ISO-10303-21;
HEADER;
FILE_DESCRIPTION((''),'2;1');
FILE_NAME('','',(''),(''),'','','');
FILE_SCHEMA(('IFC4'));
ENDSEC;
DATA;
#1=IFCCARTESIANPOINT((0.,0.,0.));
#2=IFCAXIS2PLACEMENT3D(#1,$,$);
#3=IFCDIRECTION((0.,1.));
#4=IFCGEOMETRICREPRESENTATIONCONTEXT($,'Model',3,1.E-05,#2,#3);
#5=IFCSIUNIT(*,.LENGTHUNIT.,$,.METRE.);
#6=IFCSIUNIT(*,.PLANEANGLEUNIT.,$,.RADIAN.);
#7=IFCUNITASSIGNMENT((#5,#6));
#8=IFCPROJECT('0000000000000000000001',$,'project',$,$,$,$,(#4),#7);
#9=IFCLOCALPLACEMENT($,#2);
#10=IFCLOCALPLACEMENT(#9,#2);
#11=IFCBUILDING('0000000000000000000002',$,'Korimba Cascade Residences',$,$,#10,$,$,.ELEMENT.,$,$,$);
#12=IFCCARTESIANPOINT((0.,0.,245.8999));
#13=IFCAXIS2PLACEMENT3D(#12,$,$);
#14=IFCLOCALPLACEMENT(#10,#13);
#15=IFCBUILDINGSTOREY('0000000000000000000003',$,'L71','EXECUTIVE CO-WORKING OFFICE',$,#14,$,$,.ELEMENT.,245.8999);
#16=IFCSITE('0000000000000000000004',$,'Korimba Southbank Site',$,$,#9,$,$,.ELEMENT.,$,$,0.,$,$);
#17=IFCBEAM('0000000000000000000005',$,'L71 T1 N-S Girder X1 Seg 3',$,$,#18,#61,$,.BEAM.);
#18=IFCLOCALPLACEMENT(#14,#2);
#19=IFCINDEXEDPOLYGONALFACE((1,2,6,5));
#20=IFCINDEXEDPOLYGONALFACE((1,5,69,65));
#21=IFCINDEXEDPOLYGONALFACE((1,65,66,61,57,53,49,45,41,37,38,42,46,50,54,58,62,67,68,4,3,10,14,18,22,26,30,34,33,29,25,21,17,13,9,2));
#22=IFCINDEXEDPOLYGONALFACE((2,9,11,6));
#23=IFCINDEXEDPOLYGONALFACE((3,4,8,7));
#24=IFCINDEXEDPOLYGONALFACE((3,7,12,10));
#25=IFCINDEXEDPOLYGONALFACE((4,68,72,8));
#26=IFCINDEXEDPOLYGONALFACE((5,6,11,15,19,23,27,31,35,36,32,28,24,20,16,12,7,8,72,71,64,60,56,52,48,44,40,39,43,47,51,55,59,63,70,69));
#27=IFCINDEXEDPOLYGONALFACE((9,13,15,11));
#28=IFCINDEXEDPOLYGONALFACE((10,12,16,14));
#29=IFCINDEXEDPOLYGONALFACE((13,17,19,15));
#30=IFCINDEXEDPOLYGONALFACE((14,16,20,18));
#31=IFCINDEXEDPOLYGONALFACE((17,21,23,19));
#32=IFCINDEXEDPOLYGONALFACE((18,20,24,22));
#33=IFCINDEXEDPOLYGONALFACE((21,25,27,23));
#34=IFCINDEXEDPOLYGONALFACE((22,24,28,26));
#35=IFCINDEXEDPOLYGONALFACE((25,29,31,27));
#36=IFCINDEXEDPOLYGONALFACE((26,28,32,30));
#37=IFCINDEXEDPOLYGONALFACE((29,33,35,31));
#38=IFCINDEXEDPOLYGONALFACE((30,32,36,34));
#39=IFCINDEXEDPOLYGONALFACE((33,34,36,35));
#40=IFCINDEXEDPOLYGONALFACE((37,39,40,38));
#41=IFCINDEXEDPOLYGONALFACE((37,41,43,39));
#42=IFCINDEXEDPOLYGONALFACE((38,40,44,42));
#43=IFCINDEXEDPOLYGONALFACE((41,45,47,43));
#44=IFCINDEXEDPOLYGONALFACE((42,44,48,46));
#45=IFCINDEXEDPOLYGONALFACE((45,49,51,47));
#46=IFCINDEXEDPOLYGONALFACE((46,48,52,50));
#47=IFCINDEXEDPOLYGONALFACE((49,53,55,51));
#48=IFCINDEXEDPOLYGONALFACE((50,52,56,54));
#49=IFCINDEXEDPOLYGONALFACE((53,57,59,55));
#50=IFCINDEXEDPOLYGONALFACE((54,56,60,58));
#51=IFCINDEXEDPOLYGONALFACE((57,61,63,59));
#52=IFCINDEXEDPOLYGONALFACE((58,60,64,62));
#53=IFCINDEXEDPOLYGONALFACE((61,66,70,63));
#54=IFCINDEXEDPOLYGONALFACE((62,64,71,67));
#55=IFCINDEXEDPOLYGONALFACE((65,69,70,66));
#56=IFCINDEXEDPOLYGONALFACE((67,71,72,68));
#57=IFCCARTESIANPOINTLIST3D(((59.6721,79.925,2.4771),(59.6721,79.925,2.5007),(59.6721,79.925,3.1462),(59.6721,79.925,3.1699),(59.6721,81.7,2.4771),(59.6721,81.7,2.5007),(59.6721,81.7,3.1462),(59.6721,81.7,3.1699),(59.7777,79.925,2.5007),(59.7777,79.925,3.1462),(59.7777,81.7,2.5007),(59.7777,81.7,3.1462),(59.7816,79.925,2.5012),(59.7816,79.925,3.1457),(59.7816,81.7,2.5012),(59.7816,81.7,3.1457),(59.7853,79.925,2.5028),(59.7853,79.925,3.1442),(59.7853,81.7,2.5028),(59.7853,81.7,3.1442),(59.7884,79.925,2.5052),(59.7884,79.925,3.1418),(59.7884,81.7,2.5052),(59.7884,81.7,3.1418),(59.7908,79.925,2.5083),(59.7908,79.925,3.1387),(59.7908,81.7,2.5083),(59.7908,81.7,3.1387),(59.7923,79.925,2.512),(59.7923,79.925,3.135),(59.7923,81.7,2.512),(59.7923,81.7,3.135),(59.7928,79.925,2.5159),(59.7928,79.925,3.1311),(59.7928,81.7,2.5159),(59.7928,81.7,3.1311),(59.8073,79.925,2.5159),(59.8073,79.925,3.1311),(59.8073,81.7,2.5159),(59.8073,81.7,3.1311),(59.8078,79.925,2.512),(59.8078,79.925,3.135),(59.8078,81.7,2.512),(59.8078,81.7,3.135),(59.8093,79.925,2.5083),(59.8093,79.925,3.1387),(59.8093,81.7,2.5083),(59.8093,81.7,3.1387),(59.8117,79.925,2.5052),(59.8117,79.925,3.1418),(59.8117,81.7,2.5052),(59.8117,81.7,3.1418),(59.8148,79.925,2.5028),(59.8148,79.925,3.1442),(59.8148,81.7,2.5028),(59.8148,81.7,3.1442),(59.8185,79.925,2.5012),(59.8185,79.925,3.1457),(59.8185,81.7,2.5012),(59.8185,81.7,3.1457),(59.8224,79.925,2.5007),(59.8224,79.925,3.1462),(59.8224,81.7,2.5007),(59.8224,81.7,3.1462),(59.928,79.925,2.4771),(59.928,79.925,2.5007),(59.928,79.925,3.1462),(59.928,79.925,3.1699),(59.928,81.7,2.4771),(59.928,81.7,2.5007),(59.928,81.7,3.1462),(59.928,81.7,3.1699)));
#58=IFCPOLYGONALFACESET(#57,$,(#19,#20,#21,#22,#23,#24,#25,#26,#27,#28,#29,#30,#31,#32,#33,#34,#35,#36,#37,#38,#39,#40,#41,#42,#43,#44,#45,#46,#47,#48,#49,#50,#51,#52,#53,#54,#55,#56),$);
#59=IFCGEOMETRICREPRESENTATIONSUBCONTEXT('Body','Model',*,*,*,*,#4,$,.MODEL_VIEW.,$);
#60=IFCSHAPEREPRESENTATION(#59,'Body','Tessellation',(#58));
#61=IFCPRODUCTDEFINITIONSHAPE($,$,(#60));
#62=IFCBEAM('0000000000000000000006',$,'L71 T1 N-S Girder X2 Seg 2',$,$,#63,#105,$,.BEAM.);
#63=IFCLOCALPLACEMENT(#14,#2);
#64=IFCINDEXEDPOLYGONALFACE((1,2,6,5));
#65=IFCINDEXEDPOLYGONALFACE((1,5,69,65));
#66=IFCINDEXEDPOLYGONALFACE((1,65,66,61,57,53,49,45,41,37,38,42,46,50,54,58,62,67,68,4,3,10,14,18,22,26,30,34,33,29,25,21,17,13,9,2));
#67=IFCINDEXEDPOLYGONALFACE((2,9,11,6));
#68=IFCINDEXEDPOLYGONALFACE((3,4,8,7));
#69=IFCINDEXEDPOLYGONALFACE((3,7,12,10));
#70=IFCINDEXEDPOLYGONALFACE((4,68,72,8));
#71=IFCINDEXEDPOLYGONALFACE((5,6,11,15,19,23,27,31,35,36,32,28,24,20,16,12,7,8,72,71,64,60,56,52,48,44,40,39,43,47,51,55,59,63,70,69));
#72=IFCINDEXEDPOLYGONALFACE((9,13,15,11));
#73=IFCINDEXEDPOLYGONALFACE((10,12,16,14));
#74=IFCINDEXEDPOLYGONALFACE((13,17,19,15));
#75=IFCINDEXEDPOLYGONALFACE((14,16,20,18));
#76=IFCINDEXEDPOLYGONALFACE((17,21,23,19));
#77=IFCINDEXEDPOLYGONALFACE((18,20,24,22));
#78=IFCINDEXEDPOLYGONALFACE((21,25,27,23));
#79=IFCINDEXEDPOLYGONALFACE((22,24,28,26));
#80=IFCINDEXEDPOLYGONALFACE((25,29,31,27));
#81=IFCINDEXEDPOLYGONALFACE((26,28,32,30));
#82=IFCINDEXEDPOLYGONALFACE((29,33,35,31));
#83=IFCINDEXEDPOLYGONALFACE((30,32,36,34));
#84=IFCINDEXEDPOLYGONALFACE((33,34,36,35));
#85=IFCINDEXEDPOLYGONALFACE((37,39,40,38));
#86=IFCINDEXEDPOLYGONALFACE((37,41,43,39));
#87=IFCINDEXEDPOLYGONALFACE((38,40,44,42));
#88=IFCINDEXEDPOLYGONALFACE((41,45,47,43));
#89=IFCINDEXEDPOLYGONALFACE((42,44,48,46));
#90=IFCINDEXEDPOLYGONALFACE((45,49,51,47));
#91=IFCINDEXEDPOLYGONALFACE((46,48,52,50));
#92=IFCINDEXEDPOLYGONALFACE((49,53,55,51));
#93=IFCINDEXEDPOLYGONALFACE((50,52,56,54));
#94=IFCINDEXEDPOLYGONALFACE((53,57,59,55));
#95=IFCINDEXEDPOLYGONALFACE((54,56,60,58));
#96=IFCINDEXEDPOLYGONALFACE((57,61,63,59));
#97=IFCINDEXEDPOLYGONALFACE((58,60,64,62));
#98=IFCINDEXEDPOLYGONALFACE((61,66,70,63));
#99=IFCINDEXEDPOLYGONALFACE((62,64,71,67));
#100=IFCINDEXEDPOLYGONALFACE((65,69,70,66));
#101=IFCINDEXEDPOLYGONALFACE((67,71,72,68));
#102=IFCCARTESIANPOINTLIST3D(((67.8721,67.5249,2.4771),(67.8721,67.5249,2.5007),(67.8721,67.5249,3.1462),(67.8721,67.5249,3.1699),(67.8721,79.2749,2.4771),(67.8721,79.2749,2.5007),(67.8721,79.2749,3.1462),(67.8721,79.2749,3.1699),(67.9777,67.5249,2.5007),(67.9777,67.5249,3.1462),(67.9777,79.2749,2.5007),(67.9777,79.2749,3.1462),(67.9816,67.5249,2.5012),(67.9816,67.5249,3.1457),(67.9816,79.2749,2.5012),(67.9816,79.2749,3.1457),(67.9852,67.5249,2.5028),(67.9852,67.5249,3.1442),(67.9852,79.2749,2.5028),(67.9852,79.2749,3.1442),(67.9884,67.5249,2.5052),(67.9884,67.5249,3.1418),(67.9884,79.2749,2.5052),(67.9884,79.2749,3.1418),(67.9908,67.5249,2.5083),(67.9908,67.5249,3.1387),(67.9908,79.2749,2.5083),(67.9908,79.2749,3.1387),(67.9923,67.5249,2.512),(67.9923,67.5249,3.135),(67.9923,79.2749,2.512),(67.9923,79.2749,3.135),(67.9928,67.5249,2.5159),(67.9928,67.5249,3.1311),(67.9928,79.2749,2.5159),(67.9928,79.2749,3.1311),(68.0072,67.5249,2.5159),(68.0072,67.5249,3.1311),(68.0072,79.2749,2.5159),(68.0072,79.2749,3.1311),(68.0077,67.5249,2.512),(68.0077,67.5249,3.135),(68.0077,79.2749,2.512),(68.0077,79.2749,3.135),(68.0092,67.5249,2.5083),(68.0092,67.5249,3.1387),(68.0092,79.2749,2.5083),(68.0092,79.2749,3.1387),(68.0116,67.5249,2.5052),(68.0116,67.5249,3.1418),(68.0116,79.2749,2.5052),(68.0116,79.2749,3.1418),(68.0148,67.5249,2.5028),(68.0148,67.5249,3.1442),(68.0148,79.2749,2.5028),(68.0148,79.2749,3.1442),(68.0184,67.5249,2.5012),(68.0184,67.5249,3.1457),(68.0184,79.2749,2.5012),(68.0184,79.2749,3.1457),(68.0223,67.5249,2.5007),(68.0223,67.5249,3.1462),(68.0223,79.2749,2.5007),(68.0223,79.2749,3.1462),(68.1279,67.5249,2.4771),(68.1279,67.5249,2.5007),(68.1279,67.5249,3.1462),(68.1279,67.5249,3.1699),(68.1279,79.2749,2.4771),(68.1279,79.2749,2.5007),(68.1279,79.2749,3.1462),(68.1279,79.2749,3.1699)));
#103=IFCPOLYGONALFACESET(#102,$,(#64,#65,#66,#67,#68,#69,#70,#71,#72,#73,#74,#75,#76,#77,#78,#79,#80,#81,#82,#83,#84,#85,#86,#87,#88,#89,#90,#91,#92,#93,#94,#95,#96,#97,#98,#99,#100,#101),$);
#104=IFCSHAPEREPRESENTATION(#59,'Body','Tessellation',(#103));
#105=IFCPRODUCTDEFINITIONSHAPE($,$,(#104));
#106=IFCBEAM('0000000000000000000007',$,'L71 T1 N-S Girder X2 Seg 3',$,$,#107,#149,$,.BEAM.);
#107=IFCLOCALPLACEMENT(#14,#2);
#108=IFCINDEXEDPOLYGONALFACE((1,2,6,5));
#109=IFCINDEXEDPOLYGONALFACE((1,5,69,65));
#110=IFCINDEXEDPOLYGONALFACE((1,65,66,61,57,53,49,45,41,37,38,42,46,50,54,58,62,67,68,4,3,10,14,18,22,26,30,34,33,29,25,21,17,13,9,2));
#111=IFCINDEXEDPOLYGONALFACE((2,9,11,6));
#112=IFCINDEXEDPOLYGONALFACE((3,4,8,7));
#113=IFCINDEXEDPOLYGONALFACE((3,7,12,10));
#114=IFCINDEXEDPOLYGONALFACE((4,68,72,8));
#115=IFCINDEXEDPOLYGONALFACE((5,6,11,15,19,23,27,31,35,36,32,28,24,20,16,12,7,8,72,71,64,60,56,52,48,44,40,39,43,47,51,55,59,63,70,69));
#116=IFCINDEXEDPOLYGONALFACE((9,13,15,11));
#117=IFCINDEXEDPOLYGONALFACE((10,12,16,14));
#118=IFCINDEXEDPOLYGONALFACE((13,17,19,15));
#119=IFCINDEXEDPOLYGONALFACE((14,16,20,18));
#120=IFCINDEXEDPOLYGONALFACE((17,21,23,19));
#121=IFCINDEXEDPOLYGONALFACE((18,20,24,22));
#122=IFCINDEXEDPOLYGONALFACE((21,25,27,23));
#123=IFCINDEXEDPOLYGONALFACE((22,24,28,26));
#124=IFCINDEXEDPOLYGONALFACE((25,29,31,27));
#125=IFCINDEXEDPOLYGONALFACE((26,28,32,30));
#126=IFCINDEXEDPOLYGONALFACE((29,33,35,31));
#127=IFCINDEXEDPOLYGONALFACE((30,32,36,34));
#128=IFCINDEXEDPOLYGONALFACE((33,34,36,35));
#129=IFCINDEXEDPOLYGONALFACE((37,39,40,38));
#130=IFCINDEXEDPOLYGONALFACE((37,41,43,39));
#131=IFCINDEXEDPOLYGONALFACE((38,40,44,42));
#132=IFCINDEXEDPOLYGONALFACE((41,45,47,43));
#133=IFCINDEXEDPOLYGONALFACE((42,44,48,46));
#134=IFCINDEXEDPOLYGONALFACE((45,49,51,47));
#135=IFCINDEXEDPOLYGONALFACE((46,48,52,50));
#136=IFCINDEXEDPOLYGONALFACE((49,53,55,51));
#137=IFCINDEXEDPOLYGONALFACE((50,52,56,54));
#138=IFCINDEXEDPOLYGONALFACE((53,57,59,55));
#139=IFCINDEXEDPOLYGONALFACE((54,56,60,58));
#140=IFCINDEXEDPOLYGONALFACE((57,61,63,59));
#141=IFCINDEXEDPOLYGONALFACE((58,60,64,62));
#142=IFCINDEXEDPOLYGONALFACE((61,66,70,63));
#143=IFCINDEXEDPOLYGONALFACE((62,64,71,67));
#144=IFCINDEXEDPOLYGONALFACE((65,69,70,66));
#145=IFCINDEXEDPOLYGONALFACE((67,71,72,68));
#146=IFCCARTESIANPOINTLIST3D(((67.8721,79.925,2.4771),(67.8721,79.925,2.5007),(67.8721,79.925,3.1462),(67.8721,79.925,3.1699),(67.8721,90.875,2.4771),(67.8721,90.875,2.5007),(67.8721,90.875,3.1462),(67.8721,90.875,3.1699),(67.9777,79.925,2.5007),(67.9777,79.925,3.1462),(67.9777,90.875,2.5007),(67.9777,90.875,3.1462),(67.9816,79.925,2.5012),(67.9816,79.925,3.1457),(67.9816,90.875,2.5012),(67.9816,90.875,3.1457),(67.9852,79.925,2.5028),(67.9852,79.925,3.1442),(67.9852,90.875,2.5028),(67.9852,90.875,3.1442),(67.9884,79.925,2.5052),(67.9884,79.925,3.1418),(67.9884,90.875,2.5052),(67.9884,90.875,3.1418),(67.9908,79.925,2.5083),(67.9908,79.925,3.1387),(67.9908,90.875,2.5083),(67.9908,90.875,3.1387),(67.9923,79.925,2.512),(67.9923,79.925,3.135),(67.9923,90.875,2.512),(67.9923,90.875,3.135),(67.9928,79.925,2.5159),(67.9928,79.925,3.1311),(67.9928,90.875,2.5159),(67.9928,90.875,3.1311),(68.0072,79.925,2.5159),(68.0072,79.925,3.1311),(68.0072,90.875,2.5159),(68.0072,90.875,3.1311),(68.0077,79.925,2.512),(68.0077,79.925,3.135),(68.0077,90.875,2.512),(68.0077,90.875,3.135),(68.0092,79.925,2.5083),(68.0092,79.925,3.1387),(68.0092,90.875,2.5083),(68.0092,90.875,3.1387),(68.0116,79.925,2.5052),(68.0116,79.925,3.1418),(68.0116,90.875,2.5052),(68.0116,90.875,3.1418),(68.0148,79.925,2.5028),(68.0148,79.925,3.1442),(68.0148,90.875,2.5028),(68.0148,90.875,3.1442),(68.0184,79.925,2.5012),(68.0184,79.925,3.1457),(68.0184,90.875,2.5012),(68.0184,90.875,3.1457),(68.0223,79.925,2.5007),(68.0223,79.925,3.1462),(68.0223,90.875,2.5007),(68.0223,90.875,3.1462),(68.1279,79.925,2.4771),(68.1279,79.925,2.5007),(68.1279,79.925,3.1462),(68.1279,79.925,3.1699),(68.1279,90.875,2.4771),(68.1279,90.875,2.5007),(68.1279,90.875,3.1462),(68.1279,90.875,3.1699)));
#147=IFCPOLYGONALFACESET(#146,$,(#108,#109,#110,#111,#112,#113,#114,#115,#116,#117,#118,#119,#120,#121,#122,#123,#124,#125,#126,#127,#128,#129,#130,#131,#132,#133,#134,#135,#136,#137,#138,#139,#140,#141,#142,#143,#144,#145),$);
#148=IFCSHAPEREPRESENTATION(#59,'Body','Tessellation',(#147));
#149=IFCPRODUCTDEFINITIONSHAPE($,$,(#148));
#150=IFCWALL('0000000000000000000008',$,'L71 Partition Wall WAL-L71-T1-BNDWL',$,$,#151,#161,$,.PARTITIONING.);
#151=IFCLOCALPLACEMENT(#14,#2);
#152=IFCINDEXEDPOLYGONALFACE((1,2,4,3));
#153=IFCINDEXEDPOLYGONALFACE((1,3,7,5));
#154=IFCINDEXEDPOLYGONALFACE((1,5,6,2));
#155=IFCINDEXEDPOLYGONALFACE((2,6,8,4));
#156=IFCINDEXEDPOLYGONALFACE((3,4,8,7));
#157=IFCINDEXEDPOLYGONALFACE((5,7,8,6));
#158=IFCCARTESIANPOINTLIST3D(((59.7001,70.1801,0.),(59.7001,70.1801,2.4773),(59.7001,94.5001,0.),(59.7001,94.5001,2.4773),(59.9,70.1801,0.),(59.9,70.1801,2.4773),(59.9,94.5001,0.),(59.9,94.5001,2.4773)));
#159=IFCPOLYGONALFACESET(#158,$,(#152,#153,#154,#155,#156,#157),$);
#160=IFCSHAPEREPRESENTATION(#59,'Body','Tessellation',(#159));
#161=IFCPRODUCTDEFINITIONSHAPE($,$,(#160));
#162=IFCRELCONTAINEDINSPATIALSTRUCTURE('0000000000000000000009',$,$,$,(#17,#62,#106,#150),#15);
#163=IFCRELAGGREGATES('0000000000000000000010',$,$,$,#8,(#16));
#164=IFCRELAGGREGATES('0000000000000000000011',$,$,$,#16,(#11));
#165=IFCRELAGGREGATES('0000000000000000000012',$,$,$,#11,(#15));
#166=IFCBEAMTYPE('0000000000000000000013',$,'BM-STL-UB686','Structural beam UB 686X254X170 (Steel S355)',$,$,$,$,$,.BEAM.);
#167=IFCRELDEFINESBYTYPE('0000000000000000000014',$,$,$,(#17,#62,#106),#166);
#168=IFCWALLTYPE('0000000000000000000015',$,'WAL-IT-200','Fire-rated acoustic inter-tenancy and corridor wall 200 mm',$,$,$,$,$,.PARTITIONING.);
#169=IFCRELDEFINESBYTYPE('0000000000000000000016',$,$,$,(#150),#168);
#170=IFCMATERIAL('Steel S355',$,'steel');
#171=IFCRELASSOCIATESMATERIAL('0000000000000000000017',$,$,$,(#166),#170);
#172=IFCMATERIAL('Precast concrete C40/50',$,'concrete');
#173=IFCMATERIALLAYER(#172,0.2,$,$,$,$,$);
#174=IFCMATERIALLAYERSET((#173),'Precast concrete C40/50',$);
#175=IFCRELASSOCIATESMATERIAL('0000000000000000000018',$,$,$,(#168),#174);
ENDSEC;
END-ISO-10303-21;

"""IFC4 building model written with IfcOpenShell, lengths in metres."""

from ifc_helpers import new_model, si_unit, direction, frame, frame_2d, origin, origin_2d, place, context, subcontext, project, spatial, rectangle, i_section, extrude, material, layer, layer_set, material_profile, profile_set, type_object, element, save


model = new_model("IFC4")

# Units and contexts
model_context = context("Model", 3, precision=1e-05, world=origin(), true_north=direction((0.0, 1.0)))
body_context = subcontext(model_context, "Body", "Model", "MODEL_VIEW")
ifc_project = project(units=[si_unit("LENGTHUNIT", "METRE"), si_unit("PLANEANGLEUNIT", "RADIAN")], contexts=[model_context])

# Site, building, storey
site_placement = place(None, origin())
site = spatial("IfcSite", under=ifc_project, at=site_placement, Name="Korimba Southbank Site", CompositionType="ELEMENT", RefElevation=0.0)
building_placement = place(site_placement, origin())
building = spatial("IfcBuilding", under=site, at=building_placement, Name="Korimba Cascade Residences", CompositionType="ELEMENT")
storey_placement = place(building_placement, frame((0.0, 0.0, 245.8999)))
storey = spatial("IfcBuildingStorey", under=building, at=storey_placement, Name="L71", Description="EXECUTIVE CO-WORKING OFFICE", CompositionType="ELEMENT", Elevation=245.8999)

# Beams
ifc_material_1 = material(Name="Steel S355", Category="steel")
ifc_material_profile_1 = material_profile(ifc_material_1, i_section(OverallWidth=0.2559, OverallDepth=0.6929, WebThickness=0.0144, FlangeThickness=0.0237, FilletRadius=0.0151, at=origin_2d()), Name="Steel S355")
ifc_profile_set_1 = profile_set([ifc_material_profile_1], Name="Steel S355")
beam_type_1 = type_object("IfcBeamType", Name="BM-STL-UB686", Description="Structural beam UB 686X254X170 (Steel S355)", PredefinedType="BEAM", material=ifc_profile_set_1)
beam_1_placement = place(storey_placement, frame((59.8, 79.925, 2.8235), z_axis=(0.0, 1.0, 0.0), x_axis=(-1.0, 0.0, 0.0)))
element("IfcBeam", 1, at=beam_1_placement, inside=storey, type_object=beam_type_1, Name="L71 T1 N-S Girder X1 Seg 3", PredefinedType="BEAM", context=body_context, shape_type="SweptSolid", body=[
    extrude(i_section(OverallWidth=0.2559, OverallDepth=0.6929, WebThickness=0.0144, FlangeThickness=0.0237, FilletRadius=0.0151, at=origin_2d()), origin(), (0.0, 0.0, 1.0), 1.7749),
])
beam_2_placement = place(storey_placement, frame((68.0, 67.5249, 2.8235), z_axis=(0.0, 1.0, 0.0), x_axis=(-1.0, 0.0, 0.0)))
element("IfcBeam", 2, at=beam_2_placement, inside=storey, type_object=beam_type_1, Name="L71 T1 N-S Girder X2 Seg 2", PredefinedType="BEAM", context=body_context, shape_type="SweptSolid", body=[
    extrude(i_section(OverallWidth=0.2559, OverallDepth=0.6929, WebThickness=0.0144, FlangeThickness=0.0237, FilletRadius=0.0151, at=origin_2d()), origin(), (0.0, 0.0, 1.0), 11.75),
])
beam_3_placement = place(storey_placement, frame((68.0, 79.925, 2.8235), z_axis=(0.0, 1.0, 0.0), x_axis=(-1.0, 0.0, 0.0)))
element("IfcBeam", 3, at=beam_3_placement, inside=storey, type_object=beam_type_1, Name="L71 T1 N-S Girder X2 Seg 3", PredefinedType="BEAM", context=body_context, shape_type="SweptSolid", body=[
    extrude(i_section(OverallWidth=0.2559, OverallDepth=0.6929, WebThickness=0.0144, FlangeThickness=0.0237, FilletRadius=0.0151, at=origin_2d()), origin(), (0.0, 0.0, 1.0), 10.95),
])

# Wall
ifc_material_2 = material(Name="Precast concrete C40/50", Category="concrete")
ifc_layer_1 = layer(ifc_material_2, 0.2)
ifc_layer_set_1 = layer_set([ifc_layer_1], Name="Precast concrete C40/50")
wall_type_1 = type_object("IfcWallType", Name="WAL-IT-200", Description="Fire-rated acoustic inter-tenancy and corridor wall 200 mm", PredefinedType="PARTITIONING", material=ifc_layer_set_1)
wall_1_placement = place(storey_placement, frame((59.8, 70.1799, 0.0), z_axis=(0.0, 0.0, 1.0), x_axis=(0.0, 1.0, 0.0)))
element("IfcWall", 4, at=wall_1_placement, inside=storey, type_object=wall_type_1, Name="L71 Partition Wall WAL-L71-T1-BNDWL", PredefinedType="PARTITIONING", context=body_context, shape_type="SweptSolid", body=[
    extrude(rectangle(XDim=24.3201, YDim=0.2, at=frame_2d((12.1602, 0.0))), origin(), (0.0, 0.0, 1.0), 2.4773),
])

save(model, "model.ifc")
